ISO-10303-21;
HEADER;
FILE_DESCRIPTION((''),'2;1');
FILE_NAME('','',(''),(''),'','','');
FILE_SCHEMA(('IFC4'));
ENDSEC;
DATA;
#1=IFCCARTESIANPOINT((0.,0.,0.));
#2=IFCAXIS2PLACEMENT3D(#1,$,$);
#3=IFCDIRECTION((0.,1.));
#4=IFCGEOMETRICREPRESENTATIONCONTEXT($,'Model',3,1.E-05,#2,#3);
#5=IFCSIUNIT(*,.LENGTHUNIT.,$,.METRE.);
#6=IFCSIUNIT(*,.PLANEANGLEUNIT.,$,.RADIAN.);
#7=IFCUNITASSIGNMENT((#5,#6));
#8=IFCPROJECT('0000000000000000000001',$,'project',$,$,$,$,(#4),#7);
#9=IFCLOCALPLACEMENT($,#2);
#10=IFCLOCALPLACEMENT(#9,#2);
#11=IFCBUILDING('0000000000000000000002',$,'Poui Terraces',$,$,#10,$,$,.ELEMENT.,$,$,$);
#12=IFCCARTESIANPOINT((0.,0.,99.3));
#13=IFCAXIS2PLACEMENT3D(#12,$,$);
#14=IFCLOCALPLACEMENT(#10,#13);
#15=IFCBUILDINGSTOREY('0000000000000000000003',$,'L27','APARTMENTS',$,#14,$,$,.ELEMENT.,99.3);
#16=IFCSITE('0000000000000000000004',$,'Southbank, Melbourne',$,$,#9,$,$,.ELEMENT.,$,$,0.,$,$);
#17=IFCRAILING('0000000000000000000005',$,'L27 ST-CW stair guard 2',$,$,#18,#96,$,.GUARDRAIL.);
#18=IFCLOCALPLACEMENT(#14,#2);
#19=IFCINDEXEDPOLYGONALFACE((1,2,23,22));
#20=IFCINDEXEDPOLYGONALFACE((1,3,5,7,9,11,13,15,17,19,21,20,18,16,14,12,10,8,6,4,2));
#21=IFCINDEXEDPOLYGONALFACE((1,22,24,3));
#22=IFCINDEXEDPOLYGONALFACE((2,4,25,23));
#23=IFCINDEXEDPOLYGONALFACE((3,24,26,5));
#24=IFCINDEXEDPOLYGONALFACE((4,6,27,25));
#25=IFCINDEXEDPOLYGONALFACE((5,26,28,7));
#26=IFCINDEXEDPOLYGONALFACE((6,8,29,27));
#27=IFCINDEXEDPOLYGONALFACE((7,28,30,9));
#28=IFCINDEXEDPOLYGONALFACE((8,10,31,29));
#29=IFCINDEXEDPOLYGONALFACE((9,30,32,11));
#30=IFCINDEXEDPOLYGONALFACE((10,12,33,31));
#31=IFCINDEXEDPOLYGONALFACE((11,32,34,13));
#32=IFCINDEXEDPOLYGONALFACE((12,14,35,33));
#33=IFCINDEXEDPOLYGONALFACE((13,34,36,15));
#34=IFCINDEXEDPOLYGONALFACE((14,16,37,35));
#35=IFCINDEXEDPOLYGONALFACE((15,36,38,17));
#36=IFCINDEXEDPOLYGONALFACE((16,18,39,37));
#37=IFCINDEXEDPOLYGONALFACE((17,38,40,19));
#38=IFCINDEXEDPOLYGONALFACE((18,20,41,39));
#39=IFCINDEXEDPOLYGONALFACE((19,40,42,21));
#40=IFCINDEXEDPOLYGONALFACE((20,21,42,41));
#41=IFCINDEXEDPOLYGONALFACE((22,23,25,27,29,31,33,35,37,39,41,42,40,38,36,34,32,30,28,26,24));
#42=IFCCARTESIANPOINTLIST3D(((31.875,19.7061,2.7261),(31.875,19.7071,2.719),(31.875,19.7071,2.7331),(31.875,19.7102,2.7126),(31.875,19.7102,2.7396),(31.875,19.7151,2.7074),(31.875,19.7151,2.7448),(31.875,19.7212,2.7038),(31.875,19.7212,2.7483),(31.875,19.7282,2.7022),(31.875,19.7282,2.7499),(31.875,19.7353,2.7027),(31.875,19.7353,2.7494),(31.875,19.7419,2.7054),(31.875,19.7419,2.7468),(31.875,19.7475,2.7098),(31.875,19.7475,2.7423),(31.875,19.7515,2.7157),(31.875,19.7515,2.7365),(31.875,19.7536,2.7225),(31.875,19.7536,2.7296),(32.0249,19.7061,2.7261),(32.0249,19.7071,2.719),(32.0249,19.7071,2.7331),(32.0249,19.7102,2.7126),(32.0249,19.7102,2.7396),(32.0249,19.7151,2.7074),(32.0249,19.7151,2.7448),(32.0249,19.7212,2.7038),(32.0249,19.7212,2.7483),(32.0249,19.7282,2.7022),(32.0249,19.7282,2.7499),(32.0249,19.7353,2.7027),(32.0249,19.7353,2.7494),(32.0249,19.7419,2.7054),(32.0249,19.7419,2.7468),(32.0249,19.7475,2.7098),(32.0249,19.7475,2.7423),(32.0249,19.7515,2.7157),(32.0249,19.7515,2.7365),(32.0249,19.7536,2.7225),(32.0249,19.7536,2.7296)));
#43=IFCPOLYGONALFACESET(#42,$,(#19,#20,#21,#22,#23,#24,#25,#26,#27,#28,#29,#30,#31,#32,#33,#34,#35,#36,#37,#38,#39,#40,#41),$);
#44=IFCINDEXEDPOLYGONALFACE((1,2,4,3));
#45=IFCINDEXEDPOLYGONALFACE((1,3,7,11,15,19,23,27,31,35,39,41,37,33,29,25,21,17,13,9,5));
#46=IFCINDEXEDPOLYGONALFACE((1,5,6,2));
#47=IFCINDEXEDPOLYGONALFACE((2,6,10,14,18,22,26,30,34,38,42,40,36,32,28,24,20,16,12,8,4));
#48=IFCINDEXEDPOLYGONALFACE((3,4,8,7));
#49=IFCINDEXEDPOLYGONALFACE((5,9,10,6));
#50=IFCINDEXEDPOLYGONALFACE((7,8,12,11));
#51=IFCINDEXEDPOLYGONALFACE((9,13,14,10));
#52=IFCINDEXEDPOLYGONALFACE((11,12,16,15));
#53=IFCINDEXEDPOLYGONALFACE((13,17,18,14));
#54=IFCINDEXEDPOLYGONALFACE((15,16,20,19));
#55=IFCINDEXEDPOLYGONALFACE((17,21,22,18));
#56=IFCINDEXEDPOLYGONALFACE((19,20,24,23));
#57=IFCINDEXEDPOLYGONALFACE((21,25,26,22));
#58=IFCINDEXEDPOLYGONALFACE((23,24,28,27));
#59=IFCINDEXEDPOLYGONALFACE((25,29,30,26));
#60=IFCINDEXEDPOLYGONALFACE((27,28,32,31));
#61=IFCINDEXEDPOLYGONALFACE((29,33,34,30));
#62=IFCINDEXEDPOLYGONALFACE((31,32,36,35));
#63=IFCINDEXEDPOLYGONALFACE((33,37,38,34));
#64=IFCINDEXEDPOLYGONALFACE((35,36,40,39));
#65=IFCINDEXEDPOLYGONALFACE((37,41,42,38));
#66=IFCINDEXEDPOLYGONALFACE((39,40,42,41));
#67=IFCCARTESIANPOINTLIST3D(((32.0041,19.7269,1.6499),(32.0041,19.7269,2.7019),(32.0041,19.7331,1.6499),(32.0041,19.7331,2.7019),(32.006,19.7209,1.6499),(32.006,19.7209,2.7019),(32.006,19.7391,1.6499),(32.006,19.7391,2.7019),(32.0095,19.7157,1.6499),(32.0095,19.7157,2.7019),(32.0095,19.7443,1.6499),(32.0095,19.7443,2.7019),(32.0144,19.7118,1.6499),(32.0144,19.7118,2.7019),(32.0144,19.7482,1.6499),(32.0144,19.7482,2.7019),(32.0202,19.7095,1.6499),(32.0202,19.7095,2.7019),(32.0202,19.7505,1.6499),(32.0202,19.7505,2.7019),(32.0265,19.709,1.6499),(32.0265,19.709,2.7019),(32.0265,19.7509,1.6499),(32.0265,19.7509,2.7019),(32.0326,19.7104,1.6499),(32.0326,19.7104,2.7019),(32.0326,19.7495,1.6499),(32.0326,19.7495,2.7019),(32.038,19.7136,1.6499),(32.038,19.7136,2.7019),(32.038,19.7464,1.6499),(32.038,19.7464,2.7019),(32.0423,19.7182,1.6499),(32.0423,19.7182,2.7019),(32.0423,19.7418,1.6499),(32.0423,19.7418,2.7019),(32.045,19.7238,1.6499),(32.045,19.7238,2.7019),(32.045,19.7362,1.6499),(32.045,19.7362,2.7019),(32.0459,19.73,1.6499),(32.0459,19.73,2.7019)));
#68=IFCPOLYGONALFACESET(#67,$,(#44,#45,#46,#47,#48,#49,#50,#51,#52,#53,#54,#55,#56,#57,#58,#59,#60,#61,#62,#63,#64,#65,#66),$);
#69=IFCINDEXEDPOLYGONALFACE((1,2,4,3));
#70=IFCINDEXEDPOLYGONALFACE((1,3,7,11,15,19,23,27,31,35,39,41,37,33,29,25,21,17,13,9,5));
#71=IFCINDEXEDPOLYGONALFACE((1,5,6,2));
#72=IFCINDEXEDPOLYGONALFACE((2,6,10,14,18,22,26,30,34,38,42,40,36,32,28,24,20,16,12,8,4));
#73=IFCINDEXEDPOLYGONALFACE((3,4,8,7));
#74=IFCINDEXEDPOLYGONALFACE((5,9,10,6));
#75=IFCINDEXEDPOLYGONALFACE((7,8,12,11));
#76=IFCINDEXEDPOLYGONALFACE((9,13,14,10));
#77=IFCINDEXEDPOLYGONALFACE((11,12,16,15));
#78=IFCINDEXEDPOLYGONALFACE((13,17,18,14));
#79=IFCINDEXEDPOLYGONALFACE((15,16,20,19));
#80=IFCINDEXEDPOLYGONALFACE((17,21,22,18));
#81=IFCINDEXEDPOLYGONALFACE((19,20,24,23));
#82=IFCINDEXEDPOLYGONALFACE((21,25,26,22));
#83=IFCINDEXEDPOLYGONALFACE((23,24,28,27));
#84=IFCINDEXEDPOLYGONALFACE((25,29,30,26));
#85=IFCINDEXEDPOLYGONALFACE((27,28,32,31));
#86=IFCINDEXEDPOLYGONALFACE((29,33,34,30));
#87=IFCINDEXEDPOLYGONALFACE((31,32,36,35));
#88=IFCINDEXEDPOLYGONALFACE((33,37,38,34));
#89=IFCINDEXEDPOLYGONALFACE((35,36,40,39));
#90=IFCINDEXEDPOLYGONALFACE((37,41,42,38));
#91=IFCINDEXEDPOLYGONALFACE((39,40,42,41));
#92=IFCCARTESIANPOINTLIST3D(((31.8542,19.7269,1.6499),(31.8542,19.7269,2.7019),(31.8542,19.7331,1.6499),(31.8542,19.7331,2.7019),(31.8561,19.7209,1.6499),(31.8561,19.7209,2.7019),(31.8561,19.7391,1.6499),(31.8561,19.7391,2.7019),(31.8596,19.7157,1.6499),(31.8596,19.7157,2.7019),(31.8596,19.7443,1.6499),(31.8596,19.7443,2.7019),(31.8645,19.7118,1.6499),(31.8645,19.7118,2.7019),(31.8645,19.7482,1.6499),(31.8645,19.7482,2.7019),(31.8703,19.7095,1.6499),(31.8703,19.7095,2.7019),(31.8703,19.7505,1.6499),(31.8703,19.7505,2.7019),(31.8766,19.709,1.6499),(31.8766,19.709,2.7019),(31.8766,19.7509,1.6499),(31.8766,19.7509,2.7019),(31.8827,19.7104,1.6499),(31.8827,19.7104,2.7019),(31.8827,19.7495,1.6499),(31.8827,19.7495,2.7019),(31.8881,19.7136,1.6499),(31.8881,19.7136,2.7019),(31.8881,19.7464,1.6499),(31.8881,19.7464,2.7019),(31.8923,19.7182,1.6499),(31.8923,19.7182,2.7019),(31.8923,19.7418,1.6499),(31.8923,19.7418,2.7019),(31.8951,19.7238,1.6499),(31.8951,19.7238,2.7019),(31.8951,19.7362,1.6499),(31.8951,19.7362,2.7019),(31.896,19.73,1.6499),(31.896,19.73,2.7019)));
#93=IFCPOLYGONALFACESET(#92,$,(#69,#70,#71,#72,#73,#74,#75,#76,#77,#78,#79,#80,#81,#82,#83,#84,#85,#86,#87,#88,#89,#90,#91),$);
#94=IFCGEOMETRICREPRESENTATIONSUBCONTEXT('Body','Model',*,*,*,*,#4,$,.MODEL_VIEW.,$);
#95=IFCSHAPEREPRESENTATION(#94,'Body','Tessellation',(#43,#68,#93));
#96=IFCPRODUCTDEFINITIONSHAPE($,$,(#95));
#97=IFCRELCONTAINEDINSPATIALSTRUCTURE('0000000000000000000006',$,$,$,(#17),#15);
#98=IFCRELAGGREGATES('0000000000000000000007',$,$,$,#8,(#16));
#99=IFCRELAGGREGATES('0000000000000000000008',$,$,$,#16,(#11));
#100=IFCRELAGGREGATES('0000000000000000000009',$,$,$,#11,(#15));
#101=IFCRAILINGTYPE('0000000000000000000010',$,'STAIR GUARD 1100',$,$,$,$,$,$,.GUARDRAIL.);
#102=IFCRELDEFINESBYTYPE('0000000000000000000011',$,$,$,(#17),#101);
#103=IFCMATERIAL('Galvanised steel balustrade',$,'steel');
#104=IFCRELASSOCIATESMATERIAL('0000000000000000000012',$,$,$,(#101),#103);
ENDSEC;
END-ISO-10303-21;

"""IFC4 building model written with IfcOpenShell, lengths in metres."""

from ifc_helpers import new_model, si_unit, direction, frame, origin, origin_2d, place, context, subcontext, project, spatial, circle, extrude, material, type_object, element, save


model = new_model("IFC4")

# Units and contexts
model_context = context("Model", 3, precision=1e-05, world=origin(), true_north=direction((0.0, 1.0)))
body_context = subcontext(model_context, "Body", "Model", "MODEL_VIEW")
ifc_project = project(units=[si_unit("LENGTHUNIT", "METRE"), si_unit("PLANEANGLEUNIT", "RADIAN")], contexts=[model_context])

# Site, building, storey
site_placement = place(None, origin())
site = spatial("IfcSite", under=ifc_project, at=site_placement, Name="Southbank, Melbourne", CompositionType="ELEMENT", RefElevation=0.0)
building_placement = place(site_placement, origin())
building = spatial("IfcBuilding", under=site, at=building_placement, Name="Poui Terraces", CompositionType="ELEMENT")
storey_placement = place(building_placement, frame((0.0, 0.0, 99.3)))
storey = spatial("IfcBuildingStorey", under=building, at=storey_placement, Name="L27", Description="APARTMENTS", CompositionType="ELEMENT", Elevation=99.3)

# Railing
ifc_material_1 = material(Name="Galvanised steel balustrade", Category="steel")
railing_type_1 = type_object("IfcRailingType", Name="STAIR GUARD 1100", PredefinedType="GUARDRAIL", material=ifc_material_1)
railing_1_placement = place(storey_placement, frame((32.0249, 19.73, 1.6499)))
element("IfcRailing", 1, at=railing_1_placement, inside=storey, type_object=railing_type_1, Name="L27 ST-CW stair guard 2", PredefinedType="GUARDRAIL", context=body_context, shape_type="SweptSolid", body=[
    extrude(circle(Radius=0.0239, at=origin_2d()), frame((0.0, 0.0, 1.0762), z_axis=(-1.0, 0.0, 0.0), x_axis=(0.0, -1.0, 0.0)), (0.0, 0.0, 1.0), 0.1499),
    extrude(circle(Radius=0.021, at=origin_2d()), origin(), (0.0, 0.0, 1.0), 1.052),
    extrude(circle(Radius=0.021, at=origin_2d()), frame((-0.1499, 0.0, 0.0)), (0.0, 0.0, 1.0), 1.052),
])

save(model, "model.ifc")
